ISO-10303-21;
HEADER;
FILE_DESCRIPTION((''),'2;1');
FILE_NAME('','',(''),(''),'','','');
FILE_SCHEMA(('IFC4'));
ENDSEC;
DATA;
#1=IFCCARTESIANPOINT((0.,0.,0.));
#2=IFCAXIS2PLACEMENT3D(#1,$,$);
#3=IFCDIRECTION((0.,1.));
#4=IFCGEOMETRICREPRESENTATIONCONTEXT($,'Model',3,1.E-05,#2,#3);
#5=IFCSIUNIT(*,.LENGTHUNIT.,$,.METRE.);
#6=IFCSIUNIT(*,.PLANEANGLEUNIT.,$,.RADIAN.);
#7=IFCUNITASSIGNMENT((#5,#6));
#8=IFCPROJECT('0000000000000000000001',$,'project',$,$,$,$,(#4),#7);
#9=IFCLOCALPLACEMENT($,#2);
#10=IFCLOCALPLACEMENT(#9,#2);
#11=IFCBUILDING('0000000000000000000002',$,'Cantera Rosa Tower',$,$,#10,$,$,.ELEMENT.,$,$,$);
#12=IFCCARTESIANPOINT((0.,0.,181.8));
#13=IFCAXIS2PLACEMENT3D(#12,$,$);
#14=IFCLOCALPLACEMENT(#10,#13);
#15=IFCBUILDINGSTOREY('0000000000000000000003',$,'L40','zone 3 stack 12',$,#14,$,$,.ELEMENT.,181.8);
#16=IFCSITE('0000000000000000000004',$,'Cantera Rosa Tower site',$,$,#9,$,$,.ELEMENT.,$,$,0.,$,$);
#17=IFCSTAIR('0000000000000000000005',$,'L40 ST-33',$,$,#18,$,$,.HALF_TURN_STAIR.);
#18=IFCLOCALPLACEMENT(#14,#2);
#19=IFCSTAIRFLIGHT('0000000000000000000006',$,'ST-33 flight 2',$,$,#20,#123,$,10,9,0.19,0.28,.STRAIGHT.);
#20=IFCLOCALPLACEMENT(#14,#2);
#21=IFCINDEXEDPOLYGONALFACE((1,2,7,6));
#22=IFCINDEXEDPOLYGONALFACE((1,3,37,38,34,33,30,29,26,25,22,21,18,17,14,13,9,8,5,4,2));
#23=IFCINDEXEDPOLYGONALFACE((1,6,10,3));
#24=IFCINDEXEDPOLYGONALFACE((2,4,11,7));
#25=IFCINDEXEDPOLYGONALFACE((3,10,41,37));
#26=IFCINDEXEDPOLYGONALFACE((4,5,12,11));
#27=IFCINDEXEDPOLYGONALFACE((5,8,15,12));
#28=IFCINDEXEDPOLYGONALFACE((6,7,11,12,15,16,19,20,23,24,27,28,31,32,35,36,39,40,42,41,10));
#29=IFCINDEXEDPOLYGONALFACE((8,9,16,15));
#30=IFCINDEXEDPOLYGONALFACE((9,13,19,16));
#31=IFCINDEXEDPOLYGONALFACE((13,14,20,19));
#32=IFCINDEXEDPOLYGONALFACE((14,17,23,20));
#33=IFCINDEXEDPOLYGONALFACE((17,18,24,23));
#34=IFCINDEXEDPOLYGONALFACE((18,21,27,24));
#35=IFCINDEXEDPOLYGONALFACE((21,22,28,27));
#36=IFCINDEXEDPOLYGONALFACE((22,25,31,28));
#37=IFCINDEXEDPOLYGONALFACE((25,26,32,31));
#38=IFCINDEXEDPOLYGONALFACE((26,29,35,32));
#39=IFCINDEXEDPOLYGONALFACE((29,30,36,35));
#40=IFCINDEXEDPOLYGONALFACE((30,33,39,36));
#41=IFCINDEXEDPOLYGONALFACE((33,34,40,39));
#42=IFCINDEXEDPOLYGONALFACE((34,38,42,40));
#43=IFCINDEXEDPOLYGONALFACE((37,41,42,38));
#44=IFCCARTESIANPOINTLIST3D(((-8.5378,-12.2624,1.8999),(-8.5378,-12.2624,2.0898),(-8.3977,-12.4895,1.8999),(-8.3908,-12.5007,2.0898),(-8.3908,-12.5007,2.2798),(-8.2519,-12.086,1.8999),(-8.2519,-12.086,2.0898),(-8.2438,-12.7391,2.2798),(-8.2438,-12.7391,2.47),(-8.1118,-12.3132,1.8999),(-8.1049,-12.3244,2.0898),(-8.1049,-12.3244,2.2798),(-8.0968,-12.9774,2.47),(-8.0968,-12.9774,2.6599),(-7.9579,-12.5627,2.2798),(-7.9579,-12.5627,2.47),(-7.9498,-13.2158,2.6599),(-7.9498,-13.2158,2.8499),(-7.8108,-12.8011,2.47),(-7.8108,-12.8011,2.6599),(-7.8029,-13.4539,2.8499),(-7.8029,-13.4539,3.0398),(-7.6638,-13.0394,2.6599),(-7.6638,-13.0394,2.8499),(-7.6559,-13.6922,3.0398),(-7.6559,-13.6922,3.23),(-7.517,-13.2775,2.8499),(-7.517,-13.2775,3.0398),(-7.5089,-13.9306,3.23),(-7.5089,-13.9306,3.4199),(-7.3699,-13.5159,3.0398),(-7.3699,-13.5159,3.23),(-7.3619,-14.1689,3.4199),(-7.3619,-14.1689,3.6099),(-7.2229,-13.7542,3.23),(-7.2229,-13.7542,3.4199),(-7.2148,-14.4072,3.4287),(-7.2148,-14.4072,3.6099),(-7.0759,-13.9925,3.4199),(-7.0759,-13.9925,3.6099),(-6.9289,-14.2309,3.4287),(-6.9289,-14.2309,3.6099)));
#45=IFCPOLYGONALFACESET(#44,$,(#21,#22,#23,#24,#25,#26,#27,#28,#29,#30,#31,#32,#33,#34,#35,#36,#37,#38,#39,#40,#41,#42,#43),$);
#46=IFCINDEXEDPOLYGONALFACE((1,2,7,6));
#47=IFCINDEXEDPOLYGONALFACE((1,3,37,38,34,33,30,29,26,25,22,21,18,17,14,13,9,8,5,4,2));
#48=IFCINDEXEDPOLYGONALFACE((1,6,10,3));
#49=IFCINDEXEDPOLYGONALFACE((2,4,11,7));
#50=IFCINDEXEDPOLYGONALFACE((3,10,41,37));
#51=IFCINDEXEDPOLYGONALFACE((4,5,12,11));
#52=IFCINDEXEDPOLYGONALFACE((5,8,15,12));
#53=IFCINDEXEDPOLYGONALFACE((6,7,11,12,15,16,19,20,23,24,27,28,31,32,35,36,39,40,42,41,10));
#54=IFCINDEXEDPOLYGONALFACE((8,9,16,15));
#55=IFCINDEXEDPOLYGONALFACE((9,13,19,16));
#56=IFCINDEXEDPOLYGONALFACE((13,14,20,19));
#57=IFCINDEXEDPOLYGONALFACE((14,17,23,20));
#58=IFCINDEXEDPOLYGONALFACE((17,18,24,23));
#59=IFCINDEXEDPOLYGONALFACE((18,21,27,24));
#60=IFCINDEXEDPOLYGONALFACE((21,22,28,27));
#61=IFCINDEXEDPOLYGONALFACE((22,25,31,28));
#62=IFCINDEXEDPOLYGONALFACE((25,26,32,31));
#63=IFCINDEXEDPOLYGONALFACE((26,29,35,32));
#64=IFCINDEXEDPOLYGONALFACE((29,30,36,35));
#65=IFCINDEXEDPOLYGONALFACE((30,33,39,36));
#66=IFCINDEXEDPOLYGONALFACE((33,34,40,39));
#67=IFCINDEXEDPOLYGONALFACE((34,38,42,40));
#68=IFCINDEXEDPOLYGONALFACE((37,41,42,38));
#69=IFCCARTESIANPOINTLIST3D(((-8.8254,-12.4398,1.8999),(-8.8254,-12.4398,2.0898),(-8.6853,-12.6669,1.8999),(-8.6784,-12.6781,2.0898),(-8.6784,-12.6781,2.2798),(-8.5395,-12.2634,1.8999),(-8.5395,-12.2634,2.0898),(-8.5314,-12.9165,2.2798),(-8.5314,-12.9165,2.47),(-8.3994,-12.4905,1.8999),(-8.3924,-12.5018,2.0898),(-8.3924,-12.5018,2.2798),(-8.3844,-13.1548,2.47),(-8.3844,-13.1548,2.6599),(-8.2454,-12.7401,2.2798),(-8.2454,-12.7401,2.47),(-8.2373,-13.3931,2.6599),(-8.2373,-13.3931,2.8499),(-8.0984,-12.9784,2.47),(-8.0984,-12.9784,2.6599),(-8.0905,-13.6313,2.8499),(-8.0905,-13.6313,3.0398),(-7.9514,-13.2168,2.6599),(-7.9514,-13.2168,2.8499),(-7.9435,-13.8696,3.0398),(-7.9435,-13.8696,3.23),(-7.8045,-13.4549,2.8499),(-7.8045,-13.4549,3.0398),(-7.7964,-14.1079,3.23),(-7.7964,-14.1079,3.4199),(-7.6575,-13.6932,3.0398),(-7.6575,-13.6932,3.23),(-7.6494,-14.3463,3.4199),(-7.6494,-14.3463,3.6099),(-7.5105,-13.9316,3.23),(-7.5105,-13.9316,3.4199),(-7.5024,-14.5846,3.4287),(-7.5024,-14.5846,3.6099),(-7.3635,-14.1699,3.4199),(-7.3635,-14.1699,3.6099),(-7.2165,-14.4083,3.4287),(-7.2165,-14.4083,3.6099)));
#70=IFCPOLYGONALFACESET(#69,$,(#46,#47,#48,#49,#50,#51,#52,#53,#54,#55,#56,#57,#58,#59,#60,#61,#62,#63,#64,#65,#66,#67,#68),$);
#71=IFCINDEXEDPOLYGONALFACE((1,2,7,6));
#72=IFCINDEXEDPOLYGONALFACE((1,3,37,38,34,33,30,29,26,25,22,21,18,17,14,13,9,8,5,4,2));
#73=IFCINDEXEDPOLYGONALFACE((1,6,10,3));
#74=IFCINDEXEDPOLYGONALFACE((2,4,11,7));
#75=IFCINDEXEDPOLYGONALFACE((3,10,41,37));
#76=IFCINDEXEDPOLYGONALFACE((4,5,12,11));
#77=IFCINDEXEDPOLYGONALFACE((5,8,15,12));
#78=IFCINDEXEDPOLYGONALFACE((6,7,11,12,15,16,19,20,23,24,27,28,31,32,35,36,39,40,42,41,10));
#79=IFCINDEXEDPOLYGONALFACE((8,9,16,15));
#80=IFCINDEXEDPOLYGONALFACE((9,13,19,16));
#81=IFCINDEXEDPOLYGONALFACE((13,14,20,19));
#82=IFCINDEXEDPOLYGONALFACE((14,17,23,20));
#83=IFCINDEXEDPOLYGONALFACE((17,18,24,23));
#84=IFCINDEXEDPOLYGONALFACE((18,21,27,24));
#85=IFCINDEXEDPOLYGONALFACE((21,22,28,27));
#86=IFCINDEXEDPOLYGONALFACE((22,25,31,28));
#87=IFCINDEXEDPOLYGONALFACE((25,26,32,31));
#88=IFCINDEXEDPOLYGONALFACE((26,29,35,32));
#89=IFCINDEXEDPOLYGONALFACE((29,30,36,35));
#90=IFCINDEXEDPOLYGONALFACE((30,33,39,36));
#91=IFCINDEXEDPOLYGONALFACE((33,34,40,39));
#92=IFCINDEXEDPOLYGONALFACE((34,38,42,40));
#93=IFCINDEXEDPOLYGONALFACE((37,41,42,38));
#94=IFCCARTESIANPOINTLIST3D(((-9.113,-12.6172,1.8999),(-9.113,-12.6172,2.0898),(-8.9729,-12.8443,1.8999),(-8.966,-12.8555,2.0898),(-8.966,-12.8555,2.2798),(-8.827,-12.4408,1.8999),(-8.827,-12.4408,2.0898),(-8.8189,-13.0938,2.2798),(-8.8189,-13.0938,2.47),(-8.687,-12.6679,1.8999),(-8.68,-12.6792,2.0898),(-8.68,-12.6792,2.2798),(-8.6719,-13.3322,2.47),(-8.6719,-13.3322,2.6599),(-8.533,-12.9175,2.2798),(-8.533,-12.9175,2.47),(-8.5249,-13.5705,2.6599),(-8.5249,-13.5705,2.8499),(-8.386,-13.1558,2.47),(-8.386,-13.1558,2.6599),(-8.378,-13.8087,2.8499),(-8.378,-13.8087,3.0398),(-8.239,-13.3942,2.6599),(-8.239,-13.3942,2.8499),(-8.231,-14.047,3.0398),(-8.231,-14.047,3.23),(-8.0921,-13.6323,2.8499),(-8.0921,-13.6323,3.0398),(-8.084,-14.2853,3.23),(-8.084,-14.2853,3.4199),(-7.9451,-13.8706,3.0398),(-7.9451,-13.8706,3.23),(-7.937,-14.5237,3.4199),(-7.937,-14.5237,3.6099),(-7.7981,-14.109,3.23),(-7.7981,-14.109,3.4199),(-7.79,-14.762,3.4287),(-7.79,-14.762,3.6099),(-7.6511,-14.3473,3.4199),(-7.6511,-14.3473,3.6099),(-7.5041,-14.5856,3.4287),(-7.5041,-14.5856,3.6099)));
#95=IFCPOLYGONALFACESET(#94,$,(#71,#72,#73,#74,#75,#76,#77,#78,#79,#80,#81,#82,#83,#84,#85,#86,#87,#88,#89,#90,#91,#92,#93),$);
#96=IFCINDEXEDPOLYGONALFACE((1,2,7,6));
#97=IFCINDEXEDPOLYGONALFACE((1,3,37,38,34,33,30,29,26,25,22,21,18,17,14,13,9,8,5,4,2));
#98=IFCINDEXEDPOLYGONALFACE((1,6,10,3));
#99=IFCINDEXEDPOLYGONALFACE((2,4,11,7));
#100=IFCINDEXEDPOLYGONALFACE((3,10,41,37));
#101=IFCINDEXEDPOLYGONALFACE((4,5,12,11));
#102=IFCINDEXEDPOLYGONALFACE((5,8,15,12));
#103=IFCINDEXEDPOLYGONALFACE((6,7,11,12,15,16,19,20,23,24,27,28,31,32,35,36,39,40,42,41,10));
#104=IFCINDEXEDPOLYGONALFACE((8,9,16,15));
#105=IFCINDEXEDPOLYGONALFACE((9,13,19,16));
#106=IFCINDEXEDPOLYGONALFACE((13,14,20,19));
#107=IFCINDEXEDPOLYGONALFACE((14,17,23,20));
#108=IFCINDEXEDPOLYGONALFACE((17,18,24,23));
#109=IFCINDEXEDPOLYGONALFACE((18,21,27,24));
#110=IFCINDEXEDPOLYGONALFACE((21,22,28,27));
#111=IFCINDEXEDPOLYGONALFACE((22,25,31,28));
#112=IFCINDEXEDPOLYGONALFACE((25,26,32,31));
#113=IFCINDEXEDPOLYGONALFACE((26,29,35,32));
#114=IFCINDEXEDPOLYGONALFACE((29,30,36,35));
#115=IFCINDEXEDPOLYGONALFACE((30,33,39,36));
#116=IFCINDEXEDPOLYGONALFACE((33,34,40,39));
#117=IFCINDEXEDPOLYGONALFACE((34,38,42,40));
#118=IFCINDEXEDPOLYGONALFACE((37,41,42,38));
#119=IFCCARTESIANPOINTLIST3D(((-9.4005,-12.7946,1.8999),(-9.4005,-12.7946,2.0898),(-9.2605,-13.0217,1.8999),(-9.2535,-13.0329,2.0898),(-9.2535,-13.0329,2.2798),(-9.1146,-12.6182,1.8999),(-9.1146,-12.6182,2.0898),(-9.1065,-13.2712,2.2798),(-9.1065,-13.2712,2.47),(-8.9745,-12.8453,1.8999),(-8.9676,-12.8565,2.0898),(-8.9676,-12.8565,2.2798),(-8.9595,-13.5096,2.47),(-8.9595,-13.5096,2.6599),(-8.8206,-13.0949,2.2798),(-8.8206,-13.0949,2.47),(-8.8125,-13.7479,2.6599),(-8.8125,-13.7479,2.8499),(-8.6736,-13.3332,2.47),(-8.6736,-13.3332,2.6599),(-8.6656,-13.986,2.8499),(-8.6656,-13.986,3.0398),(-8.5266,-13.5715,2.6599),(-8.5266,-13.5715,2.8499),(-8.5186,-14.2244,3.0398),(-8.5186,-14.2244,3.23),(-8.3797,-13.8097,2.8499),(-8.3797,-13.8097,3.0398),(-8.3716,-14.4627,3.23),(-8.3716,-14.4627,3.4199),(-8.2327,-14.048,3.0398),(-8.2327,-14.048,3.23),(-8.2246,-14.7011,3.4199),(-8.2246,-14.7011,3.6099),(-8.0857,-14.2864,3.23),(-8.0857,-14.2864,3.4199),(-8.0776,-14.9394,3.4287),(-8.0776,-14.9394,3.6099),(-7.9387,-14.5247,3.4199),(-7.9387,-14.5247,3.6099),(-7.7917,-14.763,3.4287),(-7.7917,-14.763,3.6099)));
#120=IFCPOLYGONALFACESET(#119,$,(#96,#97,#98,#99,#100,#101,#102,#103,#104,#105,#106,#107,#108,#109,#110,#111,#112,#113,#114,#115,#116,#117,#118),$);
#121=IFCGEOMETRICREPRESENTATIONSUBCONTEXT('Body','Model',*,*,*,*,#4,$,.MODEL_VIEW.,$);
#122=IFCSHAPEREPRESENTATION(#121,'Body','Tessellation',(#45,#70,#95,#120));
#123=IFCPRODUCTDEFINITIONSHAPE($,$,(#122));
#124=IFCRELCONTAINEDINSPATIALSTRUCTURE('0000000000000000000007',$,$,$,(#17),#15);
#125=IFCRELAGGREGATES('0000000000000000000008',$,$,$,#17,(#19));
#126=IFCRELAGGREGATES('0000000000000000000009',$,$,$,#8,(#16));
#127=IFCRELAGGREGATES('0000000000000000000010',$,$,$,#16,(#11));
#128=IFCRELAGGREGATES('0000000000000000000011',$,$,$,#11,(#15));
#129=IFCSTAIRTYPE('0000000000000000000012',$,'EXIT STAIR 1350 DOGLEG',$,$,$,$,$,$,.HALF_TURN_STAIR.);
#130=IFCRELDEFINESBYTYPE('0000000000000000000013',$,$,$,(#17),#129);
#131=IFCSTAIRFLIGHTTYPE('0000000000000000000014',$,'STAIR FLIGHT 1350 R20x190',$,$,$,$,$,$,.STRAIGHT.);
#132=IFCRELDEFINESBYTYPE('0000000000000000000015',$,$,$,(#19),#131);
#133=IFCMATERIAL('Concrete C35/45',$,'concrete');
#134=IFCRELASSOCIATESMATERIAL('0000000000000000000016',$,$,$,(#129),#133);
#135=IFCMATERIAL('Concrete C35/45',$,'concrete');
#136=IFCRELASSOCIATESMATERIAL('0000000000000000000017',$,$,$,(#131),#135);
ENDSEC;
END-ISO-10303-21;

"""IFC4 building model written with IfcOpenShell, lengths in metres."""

from ifc_helpers import new_model, si_unit, direction, frame, origin, place, context, subcontext, project, spatial, polyline, outline, extrude, material, type_object, element, aggregate, save


model = new_model("IFC4")

# Units and contexts
model_context = context("Model", 3, precision=1e-05, world=origin(), true_north=direction((0.0, 1.0)))
body_context = subcontext(model_context, "Body", "Model", "MODEL_VIEW")
ifc_project = project(units=[si_unit("LENGTHUNIT", "METRE"), si_unit("PLANEANGLEUNIT", "RADIAN")], contexts=[model_context])

# Site, building, storey
site_placement = place(None, origin())
site = spatial("IfcSite", under=ifc_project, at=site_placement, Name="Cantera Rosa Tower site", CompositionType="ELEMENT", RefElevation=0.0)
building_placement = place(site_placement, origin())
building = spatial("IfcBuilding", under=site, at=building_placement, Name="Cantera Rosa Tower", CompositionType="ELEMENT")
storey_placement = place(building_placement, frame((0.0, 0.0, 181.8)))
storey = spatial("IfcBuildingStorey", under=building, at=storey_placement, Name="L40", Description="zone 3 stack 12", CompositionType="ELEMENT", Elevation=181.8)

# Shared definitions
ifc_material_1 = material(Name="Concrete C35/45", Category="concrete")
stair_type = type_object("IfcStairType", Name="EXIT STAIR 1350 DOGLEG", PredefinedType="HALF_TURN_STAIR", material=ifc_material_1)
ifc_material_2 = material(Name="Concrete C35/45", Category="concrete")
stair_flight_type = type_object("IfcStairFlightType", Name="STAIR FLIGHT 1350 R20x190", PredefinedType="STRAIGHT", material=ifc_material_2)

# Stair, stair flight
stair_1_placement = place(storey_placement, origin())
stair_1 = element("IfcStair", 1, at=stair_1_placement, inside=storey, type_object=stair_type, Name="L40 ST-33", PredefinedType="HALF_TURN_STAIR")
stair_flight_1_placement = place(storey_placement, frame((-8.8264, -12.4404, 1.8999), z_axis=(0.0, 0.0, 1.0), x_axis=(0.524977, -0.851117, 0.0)))
stair_flight_1 = element("IfcStairFlight", 2, at=stair_flight_1_placement, type_object=stair_flight_type, Name="ST-33 flight 2", NumberOfRisers=10, NumberOfTreads=9, PredefinedType="STRAIGHT", RiserHeight=0.19, TreadLength=0.28, context=body_context, shape_type="SweptSolid", body=[
    extrude(outline(polyline([(0.0, 0.0), (0.0, 0.1899), (0.28, 0.1899), (0.28, 0.3799), (0.5601, 0.3799), (0.5601, 0.5701), (0.8401, 0.5701), (0.8401, 0.76), (1.1201, 0.76), (1.1201, 0.95), (1.3999, 0.95), (1.3999, 1.1399), (1.6799, 1.1399), (1.6799, 1.3301), (1.96, 1.3301), (1.96, 1.52), (2.24, 1.52), (2.24, 1.71), (2.52, 1.71), (2.52, 1.8999), (2.52, 1.5288), (0.2668, 0.0), (0.0, 0.0)])), frame((0.0, 0.675, 0.0), z_axis=(0.0, -1.0, 0.0), x_axis=(1.0, 0.0, 0.0)), (0.0, 0.0, 1.0), 0.3359),
    extrude(outline(polyline([(0.0, 0.0), (0.0, 0.1899), (0.28, 0.1899), (0.28, 0.3799), (0.5601, 0.3799), (0.5601, 0.5701), (0.8401, 0.5701), (0.8401, 0.76), (1.1201, 0.76), (1.1201, 0.95), (1.3999, 0.95), (1.3999, 1.1399), (1.6799, 1.1399), (1.6799, 1.3301), (1.96, 1.3301), (1.96, 1.52), (2.24, 1.52), (2.24, 1.71), (2.52, 1.71), (2.52, 1.8999), (2.52, 1.5288), (0.2668, 0.0), (0.0, 0.0)])), frame((0.0, 0.3372, 0.0), z_axis=(0.0, -1.0, 0.0), x_axis=(1.0, 0.0, 0.0)), (0.0, 0.0, 1.0), 0.3359),
    extrude(outline(polyline([(0.0, 0.0), (0.0, 0.1899), (0.28, 0.1899), (0.28, 0.3799), (0.5601, 0.3799), (0.5601, 0.5701), (0.8401, 0.5701), (0.8401, 0.76), (1.1201, 0.76), (1.1201, 0.95), (1.3999, 0.95), (1.3999, 1.1399), (1.6799, 1.1399), (1.6799, 1.3301), (1.96, 1.3301), (1.96, 1.52), (2.24, 1.52), (2.24, 1.71), (2.52, 1.71), (2.52, 1.8999), (2.52, 1.5288), (0.2668, 0.0), (0.0, 0.0)])), frame((0.0, -0.0007, 0.0), z_axis=(0.0, -1.0, 0.0), x_axis=(1.0, 0.0, 0.0)), (0.0, 0.0, 1.0), 0.3359),
    extrude(outline(polyline([(0.0, 0.0), (0.0, 0.1899), (0.28, 0.1899), (0.28, 0.3799), (0.5601, 0.3799), (0.5601, 0.5701), (0.8401, 0.5701), (0.8401, 0.76), (1.1201, 0.76), (1.1201, 0.95), (1.3999, 0.95), (1.3999, 1.1399), (1.6799, 1.1399), (1.6799, 1.3301), (1.96, 1.3301), (1.96, 1.52), (2.24, 1.52), (2.24, 1.71), (2.52, 1.71), (2.52, 1.8999), (2.52, 1.5288), (0.2668, 0.0), (0.0, 0.0)])), frame((0.0, -0.3386, 0.0), z_axis=(0.0, -1.0, 0.0), x_axis=(1.0, 0.0, 0.0)), (0.0, 0.0, 1.0), 0.3359),
])
aggregate(stair_1, [stair_flight_1])

save(model, "model.ifc")
